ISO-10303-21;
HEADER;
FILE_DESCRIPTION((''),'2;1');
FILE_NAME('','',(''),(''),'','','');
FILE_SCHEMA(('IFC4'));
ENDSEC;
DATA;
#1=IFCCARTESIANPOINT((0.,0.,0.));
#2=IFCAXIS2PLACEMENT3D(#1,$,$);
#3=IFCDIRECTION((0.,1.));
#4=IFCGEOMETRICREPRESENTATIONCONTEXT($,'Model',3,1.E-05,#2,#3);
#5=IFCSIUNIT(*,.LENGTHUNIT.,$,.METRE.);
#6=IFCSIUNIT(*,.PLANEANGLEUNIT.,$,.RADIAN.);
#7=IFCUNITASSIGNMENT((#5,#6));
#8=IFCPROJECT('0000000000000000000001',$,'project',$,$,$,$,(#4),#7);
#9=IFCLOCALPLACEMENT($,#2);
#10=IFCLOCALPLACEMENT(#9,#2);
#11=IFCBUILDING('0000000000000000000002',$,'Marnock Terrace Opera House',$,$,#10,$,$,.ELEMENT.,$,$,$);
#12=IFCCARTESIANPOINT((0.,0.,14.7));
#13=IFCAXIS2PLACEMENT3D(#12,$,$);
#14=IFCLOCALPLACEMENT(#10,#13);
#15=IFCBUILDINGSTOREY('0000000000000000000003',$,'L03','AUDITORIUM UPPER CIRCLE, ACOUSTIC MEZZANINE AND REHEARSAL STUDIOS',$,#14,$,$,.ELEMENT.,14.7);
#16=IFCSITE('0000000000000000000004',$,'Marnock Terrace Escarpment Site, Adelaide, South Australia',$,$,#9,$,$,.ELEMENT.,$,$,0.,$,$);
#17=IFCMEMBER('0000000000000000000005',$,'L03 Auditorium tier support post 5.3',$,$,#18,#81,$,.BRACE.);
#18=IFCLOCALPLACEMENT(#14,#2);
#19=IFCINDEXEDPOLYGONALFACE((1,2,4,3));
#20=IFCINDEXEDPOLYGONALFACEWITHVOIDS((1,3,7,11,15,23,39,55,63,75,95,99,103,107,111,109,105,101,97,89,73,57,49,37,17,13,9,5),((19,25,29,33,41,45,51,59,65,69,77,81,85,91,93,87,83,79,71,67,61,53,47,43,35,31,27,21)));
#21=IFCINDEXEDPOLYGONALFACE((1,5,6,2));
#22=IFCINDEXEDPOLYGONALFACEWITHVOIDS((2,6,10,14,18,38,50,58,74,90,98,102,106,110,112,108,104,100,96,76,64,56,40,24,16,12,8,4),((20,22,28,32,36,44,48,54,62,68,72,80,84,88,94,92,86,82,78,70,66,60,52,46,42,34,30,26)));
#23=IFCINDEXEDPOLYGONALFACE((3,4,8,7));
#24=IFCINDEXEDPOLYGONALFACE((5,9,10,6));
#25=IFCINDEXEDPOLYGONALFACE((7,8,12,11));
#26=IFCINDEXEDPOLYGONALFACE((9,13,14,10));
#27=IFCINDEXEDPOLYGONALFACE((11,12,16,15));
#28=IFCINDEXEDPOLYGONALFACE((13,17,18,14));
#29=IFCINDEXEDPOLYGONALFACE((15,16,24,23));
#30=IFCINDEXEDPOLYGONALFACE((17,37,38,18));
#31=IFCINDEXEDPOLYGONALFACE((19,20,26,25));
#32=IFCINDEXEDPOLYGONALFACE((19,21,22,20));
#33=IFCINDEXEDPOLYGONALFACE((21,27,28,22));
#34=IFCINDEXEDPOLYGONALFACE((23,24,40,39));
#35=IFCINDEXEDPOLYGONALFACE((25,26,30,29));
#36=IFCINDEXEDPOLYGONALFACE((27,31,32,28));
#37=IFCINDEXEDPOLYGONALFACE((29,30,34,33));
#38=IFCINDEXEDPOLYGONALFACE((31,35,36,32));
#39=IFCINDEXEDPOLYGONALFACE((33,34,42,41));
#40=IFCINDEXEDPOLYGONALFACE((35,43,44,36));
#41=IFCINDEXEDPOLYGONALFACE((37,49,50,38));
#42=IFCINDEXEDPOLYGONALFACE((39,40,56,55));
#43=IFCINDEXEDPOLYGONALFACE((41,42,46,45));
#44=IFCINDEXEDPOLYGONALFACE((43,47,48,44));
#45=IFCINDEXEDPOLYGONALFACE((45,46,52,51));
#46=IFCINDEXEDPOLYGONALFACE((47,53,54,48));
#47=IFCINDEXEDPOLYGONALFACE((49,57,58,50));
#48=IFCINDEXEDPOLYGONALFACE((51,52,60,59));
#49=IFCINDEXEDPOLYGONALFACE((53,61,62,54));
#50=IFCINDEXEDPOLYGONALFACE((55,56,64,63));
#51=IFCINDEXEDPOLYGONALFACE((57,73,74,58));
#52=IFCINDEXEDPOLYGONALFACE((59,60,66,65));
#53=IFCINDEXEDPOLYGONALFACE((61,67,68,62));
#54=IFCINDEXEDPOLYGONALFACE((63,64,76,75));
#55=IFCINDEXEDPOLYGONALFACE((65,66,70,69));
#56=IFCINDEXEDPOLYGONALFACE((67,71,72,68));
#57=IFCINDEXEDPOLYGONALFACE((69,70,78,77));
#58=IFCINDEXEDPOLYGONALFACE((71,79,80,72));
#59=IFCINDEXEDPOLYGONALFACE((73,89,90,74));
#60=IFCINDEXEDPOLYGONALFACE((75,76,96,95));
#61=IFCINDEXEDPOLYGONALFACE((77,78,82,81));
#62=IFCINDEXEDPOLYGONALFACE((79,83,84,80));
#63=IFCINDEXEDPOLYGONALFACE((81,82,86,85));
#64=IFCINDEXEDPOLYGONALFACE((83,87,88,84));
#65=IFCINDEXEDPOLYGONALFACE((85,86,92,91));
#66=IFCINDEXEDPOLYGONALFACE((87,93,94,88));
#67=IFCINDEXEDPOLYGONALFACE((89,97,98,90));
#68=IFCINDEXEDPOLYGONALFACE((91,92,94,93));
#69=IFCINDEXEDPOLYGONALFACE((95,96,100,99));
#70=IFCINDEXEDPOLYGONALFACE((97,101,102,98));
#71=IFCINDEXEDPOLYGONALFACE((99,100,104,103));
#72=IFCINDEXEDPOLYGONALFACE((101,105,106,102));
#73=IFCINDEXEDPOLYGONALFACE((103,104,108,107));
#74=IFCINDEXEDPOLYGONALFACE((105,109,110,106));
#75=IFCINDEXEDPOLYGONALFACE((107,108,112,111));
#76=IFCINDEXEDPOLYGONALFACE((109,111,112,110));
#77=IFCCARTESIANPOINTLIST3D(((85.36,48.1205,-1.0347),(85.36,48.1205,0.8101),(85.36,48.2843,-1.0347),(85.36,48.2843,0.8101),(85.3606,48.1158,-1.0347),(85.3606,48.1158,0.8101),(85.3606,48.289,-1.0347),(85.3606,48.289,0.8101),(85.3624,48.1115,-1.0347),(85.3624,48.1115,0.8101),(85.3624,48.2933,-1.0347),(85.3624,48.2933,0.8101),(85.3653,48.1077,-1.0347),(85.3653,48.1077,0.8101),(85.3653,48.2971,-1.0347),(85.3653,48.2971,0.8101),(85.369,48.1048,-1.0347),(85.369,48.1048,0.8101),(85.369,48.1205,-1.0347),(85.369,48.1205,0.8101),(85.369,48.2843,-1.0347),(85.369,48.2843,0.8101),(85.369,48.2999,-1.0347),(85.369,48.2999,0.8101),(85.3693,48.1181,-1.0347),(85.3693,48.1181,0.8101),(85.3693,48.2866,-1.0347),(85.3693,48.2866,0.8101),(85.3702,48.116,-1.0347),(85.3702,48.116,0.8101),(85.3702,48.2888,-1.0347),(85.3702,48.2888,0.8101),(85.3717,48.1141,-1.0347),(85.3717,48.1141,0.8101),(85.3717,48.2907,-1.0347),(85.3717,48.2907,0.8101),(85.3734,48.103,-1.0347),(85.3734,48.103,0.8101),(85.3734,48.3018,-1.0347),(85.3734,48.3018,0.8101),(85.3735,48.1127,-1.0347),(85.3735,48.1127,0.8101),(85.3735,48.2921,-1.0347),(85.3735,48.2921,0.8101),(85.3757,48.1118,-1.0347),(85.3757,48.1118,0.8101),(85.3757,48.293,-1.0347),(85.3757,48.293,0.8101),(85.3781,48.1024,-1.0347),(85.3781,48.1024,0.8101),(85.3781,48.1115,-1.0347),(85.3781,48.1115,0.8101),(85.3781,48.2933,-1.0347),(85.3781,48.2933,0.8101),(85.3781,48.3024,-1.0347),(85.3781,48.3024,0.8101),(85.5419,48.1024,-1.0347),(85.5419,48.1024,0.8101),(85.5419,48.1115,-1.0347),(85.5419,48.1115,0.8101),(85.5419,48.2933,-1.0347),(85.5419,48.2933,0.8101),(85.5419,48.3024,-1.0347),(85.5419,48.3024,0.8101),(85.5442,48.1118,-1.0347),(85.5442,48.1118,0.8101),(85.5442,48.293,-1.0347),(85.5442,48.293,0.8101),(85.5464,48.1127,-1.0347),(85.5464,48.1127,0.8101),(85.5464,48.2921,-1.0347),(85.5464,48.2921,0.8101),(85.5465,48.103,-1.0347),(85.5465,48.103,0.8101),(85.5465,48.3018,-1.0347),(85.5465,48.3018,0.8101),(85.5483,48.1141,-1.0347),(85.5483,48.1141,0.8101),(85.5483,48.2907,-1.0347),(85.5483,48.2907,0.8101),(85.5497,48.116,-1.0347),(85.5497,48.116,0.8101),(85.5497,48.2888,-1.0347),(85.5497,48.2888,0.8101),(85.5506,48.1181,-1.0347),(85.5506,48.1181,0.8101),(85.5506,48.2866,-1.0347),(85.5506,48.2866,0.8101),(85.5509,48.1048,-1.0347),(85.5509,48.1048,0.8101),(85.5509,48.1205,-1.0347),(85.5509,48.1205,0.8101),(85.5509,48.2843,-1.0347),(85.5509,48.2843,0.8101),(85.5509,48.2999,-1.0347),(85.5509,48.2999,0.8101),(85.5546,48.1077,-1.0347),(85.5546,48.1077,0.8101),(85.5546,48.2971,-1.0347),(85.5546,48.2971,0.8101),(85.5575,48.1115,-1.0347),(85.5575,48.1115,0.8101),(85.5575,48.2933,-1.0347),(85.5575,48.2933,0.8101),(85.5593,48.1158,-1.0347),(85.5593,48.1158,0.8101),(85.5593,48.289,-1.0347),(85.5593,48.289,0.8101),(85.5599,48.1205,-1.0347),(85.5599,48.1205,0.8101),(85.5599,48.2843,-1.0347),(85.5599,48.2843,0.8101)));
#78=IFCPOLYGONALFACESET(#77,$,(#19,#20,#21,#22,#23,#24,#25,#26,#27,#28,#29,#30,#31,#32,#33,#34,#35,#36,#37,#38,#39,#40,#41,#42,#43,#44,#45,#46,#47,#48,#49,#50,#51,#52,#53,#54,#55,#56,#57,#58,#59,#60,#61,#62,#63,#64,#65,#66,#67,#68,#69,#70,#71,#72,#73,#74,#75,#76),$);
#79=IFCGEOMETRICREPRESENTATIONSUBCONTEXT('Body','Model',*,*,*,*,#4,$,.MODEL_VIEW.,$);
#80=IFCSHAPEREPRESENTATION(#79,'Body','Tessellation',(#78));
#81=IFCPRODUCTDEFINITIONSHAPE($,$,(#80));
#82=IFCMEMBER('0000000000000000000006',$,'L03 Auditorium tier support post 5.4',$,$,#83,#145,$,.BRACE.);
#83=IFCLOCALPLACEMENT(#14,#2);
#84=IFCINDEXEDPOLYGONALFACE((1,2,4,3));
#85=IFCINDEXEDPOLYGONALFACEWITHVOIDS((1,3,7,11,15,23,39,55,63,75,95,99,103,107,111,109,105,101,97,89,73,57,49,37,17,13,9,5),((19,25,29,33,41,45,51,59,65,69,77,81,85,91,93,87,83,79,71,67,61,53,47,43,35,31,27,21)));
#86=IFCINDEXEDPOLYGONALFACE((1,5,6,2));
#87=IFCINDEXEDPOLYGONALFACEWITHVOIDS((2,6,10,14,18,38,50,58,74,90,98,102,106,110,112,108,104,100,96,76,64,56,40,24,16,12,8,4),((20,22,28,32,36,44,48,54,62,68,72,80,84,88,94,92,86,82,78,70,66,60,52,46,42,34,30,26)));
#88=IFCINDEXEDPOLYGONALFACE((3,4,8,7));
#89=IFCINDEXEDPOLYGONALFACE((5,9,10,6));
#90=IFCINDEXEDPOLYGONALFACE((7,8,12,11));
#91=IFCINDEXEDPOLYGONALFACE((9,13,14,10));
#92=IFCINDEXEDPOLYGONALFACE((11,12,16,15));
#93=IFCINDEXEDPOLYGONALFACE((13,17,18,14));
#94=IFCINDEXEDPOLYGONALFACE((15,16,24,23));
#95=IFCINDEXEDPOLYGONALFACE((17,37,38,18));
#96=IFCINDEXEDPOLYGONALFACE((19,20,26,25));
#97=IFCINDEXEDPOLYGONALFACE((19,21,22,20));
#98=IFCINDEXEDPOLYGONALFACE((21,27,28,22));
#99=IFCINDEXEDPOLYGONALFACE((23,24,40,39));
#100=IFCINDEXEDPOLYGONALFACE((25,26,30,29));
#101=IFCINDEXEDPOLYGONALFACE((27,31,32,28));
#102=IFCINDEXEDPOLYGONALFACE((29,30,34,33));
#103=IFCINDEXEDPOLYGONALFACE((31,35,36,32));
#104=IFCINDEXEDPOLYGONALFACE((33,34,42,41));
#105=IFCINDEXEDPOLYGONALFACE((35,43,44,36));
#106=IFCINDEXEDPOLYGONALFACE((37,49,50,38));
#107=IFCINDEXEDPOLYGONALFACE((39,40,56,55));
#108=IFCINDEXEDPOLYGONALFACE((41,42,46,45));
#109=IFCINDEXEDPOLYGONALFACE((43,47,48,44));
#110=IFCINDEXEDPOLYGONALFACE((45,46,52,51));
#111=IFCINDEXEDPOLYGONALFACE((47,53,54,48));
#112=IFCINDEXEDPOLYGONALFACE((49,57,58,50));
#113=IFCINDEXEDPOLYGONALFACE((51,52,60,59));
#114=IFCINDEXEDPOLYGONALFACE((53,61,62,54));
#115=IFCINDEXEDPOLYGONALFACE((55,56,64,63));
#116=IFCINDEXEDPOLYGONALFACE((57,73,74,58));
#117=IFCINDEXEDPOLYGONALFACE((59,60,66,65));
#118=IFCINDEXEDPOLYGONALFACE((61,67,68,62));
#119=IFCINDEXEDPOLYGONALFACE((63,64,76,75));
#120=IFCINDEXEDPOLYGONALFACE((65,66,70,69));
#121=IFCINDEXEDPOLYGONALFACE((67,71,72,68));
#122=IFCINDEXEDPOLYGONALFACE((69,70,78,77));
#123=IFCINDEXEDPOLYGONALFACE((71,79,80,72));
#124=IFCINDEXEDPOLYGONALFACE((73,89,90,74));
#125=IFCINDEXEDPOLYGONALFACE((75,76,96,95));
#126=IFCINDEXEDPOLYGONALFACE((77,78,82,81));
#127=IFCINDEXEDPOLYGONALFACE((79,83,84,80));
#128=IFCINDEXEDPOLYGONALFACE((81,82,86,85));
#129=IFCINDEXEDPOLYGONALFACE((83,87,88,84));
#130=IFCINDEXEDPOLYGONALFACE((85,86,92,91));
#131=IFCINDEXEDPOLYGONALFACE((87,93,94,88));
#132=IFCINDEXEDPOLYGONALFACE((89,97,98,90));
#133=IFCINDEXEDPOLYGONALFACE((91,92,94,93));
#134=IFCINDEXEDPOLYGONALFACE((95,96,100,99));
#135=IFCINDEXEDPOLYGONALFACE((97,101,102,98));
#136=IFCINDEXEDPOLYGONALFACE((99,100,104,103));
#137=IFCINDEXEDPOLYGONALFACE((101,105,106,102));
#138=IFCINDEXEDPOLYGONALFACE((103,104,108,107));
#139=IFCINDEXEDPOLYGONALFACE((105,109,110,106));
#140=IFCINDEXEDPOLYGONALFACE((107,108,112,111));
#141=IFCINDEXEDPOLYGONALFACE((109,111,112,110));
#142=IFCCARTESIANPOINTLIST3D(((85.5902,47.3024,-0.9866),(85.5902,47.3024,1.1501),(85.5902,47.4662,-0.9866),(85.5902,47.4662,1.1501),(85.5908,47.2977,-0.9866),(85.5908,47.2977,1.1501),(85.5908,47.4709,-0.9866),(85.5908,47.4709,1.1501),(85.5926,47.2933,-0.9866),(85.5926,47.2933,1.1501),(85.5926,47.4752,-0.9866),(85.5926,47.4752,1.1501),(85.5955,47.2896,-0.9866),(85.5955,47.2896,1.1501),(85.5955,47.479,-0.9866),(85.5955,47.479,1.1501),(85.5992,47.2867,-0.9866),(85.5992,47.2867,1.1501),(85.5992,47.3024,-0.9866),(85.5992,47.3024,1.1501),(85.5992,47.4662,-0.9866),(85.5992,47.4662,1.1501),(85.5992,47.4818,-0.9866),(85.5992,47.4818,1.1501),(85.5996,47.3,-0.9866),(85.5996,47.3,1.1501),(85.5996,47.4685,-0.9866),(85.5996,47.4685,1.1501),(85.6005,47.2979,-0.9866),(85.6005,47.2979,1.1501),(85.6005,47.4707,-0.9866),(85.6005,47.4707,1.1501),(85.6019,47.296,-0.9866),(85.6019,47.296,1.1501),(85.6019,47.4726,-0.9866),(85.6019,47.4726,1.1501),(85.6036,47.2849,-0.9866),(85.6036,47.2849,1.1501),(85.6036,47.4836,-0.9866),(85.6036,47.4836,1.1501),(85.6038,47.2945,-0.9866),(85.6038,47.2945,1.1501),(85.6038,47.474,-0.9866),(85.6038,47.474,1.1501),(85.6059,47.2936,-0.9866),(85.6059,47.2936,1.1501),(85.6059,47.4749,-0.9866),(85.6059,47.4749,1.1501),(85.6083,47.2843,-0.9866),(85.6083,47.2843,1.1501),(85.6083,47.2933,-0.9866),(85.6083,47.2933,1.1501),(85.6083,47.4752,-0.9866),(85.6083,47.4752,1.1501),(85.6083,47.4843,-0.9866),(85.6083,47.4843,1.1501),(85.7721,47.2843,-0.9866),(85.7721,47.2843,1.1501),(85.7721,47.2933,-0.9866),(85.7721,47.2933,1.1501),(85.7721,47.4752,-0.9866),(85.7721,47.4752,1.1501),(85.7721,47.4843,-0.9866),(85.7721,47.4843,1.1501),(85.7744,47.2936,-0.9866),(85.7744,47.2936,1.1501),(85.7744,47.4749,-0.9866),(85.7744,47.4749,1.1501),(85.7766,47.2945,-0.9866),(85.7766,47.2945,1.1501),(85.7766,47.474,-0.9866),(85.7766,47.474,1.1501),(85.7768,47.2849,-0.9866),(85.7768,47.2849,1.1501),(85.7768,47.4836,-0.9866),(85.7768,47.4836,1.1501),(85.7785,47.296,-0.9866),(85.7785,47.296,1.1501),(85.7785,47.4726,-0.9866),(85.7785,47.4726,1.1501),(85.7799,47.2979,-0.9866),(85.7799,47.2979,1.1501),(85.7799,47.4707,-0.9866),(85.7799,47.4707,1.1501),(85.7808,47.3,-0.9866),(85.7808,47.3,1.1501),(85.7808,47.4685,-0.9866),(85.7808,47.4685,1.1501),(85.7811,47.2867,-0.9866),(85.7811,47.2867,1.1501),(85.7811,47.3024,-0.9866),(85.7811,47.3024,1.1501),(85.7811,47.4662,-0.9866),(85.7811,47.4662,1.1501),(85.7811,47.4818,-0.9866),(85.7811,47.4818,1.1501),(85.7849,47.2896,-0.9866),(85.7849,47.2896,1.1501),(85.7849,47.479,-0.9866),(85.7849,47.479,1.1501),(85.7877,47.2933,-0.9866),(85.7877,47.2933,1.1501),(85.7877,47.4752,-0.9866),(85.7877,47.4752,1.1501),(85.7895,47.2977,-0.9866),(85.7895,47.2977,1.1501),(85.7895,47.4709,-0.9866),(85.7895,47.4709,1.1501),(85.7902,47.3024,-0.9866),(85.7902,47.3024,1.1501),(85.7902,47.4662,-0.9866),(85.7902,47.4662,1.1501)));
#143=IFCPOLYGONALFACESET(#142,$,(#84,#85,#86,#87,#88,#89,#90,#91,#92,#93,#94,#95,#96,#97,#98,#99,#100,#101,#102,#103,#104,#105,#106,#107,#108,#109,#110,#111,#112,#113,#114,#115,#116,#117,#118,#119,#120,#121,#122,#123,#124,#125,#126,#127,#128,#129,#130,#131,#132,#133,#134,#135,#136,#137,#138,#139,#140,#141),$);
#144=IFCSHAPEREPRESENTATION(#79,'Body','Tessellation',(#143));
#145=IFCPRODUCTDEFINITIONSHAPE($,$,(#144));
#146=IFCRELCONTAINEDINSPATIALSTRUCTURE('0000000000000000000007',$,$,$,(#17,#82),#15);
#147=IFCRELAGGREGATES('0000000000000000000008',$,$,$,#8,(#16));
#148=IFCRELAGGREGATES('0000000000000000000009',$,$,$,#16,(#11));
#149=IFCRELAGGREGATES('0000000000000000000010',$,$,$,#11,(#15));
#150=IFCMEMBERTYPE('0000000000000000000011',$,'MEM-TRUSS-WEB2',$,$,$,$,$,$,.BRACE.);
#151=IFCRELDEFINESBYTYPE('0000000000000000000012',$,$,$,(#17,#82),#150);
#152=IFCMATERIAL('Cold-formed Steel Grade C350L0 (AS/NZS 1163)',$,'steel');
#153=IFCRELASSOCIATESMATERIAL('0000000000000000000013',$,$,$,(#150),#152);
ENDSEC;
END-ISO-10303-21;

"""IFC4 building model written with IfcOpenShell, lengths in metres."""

from ifc_helpers import new_model, si_unit, direction, frame, origin, origin_2d, place, context, subcontext, project, spatial, hollow_rectangle, extrude, material, material_profile, profile_set, type_object, element, save


model = new_model("IFC4")

# Units and contexts
model_context = context("Model", 3, precision=1e-05, world=origin(), true_north=direction((0.0, 1.0)))
body_context = subcontext(model_context, "Body", "Model", "MODEL_VIEW")
ifc_project = project(units=[si_unit("LENGTHUNIT", "METRE"), si_unit("PLANEANGLEUNIT", "RADIAN")], contexts=[model_context])

# Site, building, storey
site_placement = place(None, origin())
site = spatial("IfcSite", under=ifc_project, at=site_placement, Name="Marnock Terrace Escarpment Site, Adelaide, South Australia", CompositionType="ELEMENT", RefElevation=0.0)
building_placement = place(site_placement, origin())
building = spatial("IfcBuilding", under=site, at=building_placement, Name="Marnock Terrace Opera House", CompositionType="ELEMENT")
storey_placement = place(building_placement, frame((0.0, 0.0, 14.7)))
storey = spatial("IfcBuildingStorey", under=building, at=storey_placement, Name="L03", Description="AUDITORIUM UPPER CIRCLE, ACOUSTIC MEZZANINE AND REHEARSAL STUDIOS", CompositionType="ELEMENT", Elevation=14.7)

# Members
ifc_material_1 = material(Name="Cold-formed Steel Grade C350L0 (AS/NZS 1163)", Category="steel")
ifc_material_profile_1 = material_profile(ifc_material_1, hollow_rectangle(XDim=0.2, YDim=0.2, WallThickness=0.009, InnerFilletRadius=0.009, OuterFilletRadius=0.0181, at=origin_2d()))
ifc_profile_set_1 = profile_set([ifc_material_profile_1], Name="Cold-formed Steel Grade C350L0 (AS/NZS 1163)")
member_type = type_object("IfcMemberType", Name="MEM-TRUSS-WEB2", PredefinedType="BRACE", material=ifc_profile_set_1)
member_1_placement = place(storey_placement, frame((85.46, 48.2024, -1.0347), z_axis=(0.0, 0.0, 1.0), x_axis=(1.0, 0.0, 0.0)))
element("IfcMember", 1, at=member_1_placement, inside=storey, type_object=member_type, Name="L03 Auditorium tier support post 5.3", PredefinedType="BRACE", context=body_context, shape_type="SweptSolid", body=[
    extrude(hollow_rectangle(XDim=0.2, YDim=0.2, WallThickness=0.009, InnerFilletRadius=0.009, OuterFilletRadius=0.0181, at=origin_2d()), origin(), (0.0, 0.0, 1.0), 1.8447),
])
member_2_placement = place(storey_placement, frame((85.6902, 47.3843, -0.9866), z_axis=(0.0, 0.0, 1.0), x_axis=(1.0, 0.0, 0.0)))
element("IfcMember", 2, at=member_2_placement, inside=storey, type_object=member_type, Name="L03 Auditorium tier support post 5.4", PredefinedType="BRACE", context=body_context, shape_type="SweptSolid", body=[
    extrude(hollow_rectangle(XDim=0.2, YDim=0.2, WallThickness=0.009, InnerFilletRadius=0.009, OuterFilletRadius=0.0181, at=origin_2d()), origin(), (0.0, 0.0, 1.0), 2.1367),
])

save(model, "model.ifc")
